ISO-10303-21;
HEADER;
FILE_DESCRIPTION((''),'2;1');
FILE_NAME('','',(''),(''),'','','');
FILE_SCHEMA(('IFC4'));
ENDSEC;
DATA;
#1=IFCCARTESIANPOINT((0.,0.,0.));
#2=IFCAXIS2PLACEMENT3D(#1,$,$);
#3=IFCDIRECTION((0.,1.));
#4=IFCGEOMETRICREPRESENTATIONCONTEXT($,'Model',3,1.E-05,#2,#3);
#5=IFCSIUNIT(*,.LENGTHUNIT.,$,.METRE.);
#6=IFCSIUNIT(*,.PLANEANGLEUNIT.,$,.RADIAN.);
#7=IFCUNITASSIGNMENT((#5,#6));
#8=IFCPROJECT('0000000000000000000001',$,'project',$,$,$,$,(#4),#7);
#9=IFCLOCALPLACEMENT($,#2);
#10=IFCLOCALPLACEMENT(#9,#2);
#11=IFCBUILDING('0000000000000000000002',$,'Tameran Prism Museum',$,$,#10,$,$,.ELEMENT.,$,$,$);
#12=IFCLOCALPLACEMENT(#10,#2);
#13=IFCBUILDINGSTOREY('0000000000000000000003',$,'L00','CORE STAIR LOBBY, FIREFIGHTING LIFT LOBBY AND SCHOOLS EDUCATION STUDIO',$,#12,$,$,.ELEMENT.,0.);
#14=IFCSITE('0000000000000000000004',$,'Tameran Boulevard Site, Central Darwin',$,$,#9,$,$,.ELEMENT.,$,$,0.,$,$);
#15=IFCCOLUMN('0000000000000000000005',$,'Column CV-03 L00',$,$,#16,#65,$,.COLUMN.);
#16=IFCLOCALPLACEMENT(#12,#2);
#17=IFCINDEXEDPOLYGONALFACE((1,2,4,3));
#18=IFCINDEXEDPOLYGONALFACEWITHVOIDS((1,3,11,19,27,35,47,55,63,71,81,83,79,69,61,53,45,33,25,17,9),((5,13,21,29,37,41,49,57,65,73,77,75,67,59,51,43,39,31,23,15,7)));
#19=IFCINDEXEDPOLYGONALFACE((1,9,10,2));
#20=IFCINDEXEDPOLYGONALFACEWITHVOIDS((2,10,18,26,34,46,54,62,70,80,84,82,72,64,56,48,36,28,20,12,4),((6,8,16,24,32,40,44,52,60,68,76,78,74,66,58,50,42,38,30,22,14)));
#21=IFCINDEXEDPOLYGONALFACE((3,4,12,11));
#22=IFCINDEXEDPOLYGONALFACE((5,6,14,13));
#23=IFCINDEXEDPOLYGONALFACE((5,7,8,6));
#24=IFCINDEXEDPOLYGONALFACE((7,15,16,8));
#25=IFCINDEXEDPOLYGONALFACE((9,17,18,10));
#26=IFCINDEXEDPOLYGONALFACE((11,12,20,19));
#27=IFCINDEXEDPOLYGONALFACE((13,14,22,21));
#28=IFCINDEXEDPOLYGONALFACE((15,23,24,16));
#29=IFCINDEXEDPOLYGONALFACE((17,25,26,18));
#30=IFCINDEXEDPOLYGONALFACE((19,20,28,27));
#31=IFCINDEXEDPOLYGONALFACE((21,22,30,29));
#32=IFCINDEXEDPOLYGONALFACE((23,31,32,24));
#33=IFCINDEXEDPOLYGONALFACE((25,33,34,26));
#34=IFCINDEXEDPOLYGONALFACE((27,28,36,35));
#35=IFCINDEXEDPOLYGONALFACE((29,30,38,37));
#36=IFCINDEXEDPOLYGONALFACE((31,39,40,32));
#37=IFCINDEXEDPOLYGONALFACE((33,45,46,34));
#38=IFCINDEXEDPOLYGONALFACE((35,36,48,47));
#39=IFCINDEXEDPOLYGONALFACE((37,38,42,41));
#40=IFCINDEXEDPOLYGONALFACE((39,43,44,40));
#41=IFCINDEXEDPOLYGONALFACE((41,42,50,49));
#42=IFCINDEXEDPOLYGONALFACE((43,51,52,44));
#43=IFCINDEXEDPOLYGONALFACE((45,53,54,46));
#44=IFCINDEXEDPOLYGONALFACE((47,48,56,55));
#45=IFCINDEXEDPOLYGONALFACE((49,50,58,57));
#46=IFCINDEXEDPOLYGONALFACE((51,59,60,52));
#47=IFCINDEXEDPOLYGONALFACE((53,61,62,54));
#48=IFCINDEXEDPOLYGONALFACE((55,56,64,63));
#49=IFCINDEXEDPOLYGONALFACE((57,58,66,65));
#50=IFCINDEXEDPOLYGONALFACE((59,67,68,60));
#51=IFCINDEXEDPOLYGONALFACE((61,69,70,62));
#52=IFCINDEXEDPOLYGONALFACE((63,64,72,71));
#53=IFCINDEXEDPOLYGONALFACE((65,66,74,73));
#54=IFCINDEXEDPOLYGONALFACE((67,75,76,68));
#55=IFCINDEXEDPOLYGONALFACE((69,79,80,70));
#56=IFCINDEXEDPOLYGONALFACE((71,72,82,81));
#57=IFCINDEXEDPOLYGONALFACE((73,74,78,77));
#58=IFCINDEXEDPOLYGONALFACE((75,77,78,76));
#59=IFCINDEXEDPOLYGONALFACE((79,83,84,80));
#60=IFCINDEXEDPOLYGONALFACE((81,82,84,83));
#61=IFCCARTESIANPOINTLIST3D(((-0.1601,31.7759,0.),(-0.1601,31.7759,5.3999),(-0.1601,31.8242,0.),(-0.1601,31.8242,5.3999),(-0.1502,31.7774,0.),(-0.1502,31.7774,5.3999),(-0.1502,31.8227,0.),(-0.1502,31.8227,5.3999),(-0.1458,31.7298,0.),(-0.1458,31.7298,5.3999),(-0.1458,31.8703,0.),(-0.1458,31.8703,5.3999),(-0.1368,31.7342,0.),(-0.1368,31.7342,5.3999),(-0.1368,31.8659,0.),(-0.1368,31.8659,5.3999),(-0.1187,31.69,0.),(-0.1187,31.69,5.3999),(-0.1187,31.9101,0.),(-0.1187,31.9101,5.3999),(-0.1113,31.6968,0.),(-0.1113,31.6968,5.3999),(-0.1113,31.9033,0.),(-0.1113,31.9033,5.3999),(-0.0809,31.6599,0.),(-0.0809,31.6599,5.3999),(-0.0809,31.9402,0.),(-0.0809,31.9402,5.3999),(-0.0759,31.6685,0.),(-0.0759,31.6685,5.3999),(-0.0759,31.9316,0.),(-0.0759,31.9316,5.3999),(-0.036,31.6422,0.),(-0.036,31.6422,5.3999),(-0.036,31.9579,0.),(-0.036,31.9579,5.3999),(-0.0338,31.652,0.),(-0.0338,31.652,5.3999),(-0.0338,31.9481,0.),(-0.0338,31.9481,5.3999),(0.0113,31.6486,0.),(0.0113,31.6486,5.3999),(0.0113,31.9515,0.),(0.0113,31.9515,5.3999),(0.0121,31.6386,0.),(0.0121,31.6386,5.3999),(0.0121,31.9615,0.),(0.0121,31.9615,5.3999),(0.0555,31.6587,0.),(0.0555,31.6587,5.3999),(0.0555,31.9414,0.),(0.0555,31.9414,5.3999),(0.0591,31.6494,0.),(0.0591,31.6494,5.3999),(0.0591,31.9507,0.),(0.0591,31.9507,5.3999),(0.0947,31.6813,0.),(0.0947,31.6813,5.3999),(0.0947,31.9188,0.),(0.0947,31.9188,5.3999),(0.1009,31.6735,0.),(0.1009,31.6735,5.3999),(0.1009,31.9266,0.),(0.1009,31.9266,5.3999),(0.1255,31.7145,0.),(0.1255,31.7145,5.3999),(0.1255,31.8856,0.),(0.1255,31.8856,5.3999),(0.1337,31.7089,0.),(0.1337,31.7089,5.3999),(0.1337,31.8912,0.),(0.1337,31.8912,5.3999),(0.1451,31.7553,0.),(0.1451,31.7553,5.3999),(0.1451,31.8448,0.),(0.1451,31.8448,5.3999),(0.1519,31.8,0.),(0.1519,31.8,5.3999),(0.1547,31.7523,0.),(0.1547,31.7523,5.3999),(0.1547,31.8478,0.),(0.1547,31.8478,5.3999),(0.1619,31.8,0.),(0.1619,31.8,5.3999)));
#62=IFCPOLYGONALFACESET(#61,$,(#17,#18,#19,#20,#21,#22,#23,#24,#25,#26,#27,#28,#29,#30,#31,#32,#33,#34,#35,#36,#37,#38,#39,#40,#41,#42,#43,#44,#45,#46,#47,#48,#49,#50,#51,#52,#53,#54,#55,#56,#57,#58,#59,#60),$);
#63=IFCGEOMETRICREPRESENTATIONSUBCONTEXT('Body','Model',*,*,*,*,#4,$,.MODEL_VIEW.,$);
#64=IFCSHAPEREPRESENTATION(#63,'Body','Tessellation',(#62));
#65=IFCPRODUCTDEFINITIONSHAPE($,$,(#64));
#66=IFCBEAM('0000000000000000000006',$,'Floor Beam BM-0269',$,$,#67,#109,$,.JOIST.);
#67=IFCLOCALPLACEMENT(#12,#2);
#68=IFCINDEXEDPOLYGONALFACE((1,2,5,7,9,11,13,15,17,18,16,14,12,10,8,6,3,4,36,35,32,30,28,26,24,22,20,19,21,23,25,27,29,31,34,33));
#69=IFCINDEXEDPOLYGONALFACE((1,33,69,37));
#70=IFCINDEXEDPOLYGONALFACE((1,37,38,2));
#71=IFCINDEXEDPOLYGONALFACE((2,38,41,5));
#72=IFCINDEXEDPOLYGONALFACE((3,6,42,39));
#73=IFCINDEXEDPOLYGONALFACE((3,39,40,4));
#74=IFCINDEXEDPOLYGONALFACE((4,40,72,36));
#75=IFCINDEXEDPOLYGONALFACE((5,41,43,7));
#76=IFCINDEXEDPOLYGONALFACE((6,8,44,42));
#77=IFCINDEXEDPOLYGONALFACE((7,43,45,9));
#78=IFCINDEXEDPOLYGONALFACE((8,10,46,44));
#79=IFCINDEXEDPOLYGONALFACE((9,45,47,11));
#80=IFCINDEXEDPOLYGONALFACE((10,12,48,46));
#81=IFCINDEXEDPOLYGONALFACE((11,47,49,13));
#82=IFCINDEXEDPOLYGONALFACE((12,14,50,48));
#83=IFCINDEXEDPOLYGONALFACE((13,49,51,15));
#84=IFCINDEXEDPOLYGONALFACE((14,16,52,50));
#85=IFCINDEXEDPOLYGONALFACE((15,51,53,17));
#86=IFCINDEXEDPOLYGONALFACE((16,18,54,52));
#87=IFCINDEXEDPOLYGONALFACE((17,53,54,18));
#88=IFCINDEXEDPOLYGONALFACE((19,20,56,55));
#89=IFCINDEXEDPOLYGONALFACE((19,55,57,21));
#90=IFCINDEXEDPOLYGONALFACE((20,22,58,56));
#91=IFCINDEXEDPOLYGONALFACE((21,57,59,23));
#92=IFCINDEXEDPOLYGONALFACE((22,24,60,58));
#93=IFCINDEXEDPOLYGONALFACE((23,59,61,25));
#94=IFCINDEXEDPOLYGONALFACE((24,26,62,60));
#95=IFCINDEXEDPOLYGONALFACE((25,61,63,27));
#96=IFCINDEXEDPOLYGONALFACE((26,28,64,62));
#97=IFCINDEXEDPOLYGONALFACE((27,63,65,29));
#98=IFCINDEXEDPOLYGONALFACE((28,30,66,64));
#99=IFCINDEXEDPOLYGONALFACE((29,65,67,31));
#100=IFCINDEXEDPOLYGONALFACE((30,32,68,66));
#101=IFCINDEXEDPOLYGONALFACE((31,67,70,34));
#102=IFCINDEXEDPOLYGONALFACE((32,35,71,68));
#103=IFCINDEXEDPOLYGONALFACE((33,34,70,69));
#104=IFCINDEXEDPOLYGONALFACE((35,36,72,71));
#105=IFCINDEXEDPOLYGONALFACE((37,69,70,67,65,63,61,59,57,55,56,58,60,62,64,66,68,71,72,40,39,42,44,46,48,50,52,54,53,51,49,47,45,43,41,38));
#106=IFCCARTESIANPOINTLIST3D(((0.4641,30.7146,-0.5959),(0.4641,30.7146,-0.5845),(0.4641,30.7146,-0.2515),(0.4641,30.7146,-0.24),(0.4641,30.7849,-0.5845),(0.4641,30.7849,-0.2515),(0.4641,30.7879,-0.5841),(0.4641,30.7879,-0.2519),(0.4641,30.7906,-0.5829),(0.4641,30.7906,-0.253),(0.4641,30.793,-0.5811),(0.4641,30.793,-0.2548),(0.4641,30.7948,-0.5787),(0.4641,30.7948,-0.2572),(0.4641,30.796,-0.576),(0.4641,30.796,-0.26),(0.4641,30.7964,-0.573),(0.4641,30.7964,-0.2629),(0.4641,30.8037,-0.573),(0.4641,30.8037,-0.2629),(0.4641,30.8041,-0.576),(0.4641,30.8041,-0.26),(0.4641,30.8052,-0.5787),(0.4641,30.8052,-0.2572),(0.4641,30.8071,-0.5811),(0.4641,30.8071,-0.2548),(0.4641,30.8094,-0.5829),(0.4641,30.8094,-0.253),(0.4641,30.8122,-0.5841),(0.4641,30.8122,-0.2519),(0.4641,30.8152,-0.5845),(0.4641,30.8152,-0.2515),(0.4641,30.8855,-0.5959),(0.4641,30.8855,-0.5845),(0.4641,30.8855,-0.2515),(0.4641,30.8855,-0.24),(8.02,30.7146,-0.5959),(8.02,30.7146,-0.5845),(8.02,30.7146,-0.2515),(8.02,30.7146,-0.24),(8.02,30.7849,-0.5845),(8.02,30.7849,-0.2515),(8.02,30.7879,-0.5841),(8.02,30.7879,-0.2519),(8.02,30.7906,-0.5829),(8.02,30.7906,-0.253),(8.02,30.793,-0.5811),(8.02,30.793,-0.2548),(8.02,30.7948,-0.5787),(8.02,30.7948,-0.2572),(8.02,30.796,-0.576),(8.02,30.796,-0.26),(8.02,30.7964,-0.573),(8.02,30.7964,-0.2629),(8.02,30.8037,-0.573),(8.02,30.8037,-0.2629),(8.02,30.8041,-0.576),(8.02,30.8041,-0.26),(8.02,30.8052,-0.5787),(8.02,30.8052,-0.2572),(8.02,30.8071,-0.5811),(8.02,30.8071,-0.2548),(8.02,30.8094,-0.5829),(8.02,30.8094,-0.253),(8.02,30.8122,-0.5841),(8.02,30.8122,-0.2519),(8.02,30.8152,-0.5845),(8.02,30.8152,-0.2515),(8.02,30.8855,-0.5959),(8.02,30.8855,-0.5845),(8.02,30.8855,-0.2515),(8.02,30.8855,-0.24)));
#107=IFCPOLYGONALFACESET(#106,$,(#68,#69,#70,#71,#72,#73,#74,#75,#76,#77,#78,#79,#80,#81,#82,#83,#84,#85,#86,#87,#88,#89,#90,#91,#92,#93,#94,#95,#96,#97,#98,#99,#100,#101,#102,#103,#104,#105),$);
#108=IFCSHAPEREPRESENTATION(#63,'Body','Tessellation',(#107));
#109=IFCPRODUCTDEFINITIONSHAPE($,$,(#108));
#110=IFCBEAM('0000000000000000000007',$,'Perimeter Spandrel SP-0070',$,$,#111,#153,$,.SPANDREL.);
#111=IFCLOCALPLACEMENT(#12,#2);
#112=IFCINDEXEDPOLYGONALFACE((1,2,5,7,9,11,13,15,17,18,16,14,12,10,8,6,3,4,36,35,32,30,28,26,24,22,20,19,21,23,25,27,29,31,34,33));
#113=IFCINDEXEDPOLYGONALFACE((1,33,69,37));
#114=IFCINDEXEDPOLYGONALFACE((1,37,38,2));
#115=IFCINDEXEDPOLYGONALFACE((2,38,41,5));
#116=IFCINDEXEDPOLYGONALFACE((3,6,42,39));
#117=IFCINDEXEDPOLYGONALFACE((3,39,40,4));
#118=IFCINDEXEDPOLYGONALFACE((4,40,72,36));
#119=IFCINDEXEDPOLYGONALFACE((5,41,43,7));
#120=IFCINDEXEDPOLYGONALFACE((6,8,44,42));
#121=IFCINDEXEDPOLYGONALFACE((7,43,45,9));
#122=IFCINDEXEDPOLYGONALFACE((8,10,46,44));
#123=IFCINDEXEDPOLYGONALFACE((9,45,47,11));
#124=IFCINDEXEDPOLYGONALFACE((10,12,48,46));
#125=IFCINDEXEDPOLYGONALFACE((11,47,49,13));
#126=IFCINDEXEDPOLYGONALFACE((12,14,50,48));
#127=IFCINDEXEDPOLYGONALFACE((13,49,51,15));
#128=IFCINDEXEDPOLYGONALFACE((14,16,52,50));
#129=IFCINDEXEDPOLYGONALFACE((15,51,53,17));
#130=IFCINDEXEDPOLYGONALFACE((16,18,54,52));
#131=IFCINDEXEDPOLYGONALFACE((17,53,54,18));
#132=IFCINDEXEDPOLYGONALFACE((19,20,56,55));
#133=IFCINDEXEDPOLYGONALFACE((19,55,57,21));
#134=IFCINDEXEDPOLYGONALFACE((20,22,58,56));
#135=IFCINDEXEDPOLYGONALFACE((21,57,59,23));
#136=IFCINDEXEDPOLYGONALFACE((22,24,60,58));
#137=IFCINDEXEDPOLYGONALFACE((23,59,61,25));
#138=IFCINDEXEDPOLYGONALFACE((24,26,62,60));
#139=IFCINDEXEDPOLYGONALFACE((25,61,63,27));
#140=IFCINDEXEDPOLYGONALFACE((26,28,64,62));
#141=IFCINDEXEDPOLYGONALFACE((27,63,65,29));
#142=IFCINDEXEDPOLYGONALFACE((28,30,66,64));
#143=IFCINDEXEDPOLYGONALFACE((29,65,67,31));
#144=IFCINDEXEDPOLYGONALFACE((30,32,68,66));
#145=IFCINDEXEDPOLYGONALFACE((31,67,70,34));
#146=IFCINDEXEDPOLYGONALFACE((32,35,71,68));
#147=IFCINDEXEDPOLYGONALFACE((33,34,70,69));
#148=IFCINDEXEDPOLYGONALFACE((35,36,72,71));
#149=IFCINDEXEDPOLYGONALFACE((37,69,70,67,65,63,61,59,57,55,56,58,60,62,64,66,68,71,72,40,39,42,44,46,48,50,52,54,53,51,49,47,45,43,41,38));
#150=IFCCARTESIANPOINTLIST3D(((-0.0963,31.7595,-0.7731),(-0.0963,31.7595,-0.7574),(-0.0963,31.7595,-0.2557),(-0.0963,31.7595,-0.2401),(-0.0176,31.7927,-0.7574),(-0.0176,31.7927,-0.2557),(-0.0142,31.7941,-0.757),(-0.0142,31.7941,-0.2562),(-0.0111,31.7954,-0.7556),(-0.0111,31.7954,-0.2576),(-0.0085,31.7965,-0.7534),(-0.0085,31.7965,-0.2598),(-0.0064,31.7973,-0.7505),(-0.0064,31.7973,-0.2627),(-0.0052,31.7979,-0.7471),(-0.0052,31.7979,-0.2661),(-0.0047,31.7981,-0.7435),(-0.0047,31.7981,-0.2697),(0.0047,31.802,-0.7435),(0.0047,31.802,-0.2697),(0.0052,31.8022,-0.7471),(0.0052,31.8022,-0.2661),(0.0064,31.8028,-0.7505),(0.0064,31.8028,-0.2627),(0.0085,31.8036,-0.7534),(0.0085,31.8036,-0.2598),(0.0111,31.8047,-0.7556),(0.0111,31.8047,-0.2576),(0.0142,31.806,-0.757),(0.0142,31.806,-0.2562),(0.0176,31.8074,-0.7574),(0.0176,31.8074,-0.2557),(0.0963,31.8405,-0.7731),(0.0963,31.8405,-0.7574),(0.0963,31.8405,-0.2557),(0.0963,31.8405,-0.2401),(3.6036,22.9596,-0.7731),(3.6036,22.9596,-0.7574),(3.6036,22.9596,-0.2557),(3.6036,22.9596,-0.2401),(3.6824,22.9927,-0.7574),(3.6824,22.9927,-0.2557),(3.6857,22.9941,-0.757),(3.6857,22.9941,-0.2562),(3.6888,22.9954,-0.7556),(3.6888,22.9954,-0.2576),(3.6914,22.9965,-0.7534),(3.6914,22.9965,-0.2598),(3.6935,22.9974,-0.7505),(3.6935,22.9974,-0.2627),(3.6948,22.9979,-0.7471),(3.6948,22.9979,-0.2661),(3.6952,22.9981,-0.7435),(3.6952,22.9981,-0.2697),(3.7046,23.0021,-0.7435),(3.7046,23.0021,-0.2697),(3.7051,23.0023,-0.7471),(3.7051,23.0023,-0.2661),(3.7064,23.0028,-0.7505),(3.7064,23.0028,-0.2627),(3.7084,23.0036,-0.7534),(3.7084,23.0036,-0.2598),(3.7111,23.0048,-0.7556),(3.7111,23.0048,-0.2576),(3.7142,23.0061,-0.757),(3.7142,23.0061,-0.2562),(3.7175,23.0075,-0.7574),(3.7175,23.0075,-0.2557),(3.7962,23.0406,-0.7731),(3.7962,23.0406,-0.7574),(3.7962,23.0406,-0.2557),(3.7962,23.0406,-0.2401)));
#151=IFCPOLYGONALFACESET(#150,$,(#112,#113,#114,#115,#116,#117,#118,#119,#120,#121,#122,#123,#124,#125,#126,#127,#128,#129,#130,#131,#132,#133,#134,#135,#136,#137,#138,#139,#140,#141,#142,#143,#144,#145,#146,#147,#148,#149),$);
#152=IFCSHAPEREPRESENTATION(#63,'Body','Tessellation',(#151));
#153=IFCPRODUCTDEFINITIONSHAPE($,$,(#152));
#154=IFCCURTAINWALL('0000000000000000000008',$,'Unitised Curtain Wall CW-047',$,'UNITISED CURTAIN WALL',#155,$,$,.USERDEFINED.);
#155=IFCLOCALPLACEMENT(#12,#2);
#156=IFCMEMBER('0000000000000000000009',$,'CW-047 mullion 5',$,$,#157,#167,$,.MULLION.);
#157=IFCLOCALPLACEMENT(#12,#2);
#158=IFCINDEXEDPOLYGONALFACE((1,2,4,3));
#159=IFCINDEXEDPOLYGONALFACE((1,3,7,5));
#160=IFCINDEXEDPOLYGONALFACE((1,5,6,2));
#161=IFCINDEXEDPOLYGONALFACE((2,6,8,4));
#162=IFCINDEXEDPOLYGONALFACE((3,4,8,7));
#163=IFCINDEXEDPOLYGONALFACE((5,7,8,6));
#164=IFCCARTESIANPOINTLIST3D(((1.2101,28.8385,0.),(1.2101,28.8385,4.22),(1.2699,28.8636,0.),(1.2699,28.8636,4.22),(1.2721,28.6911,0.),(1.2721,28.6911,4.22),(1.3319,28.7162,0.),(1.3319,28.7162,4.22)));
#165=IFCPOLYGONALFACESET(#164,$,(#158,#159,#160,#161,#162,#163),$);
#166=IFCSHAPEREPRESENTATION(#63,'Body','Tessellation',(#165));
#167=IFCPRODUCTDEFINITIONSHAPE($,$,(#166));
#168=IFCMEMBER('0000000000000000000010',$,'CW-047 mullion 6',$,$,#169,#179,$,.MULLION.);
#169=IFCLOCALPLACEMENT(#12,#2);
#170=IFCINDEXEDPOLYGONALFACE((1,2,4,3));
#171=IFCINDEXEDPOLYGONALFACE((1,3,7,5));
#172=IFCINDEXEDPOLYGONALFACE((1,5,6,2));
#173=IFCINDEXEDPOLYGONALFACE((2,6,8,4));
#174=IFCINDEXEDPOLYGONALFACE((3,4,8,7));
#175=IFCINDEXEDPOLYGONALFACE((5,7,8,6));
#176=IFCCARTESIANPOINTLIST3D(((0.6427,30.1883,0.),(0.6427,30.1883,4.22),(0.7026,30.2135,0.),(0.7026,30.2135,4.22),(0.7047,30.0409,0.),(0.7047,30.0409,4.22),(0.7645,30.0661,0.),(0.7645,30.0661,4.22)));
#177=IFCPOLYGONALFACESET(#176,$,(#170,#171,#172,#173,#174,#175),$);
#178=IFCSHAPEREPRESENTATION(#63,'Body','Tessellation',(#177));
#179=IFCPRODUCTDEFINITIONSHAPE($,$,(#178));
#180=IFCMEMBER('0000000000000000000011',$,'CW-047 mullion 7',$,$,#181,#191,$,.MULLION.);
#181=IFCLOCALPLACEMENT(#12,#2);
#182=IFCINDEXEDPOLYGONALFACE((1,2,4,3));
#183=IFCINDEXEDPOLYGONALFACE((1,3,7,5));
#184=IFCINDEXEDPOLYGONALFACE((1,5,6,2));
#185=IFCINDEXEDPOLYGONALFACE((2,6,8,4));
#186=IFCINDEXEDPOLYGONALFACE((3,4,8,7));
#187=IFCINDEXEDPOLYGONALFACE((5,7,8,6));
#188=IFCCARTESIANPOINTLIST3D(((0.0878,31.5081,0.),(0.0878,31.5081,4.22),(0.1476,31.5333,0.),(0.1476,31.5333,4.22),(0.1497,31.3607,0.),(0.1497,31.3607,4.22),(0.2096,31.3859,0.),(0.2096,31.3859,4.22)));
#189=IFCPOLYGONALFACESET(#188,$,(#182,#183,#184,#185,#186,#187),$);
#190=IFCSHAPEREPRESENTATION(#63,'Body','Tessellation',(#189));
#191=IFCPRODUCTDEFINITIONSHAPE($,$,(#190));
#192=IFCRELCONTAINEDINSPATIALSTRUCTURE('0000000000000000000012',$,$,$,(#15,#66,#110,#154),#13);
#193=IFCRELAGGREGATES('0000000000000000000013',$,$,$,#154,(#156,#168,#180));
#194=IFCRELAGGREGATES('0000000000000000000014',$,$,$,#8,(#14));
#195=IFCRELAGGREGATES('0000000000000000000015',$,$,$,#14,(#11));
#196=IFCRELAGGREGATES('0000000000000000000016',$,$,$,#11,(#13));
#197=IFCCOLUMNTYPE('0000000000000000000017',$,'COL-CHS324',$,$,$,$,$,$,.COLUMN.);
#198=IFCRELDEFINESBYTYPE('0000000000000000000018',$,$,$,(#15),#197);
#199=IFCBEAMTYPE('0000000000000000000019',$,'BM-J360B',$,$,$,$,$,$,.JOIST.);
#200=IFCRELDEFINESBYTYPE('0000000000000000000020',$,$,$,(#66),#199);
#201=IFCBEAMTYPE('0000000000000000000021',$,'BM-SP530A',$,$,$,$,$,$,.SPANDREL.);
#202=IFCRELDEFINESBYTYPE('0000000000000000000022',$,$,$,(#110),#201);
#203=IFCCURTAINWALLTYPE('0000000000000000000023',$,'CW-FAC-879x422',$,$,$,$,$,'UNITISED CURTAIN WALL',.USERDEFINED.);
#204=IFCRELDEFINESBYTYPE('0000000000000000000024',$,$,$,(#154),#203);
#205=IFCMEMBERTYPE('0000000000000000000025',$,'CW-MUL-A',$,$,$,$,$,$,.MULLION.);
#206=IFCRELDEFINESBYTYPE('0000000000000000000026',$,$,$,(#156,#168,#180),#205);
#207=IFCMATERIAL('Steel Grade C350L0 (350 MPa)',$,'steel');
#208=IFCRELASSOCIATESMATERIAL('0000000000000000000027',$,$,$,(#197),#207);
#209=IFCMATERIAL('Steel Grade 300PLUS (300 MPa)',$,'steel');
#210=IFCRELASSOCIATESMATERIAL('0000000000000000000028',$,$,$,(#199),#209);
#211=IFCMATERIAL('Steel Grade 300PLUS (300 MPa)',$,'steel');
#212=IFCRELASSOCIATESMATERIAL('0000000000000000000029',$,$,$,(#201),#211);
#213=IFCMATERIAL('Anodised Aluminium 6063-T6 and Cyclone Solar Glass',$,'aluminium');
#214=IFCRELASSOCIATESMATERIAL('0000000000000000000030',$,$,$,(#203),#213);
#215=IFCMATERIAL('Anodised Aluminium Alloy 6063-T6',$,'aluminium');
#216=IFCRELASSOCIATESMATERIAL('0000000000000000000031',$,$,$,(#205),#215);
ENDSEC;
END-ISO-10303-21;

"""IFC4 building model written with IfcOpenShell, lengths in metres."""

from ifc_helpers import new_model, si_unit, direction, frame, origin, origin_2d, place, context, subcontext, project, spatial, rectangle, hollow_circle, i_section, extrude, material, material_profile, profile_set, type_object, element, aggregate, save


model = new_model("IFC4")

# Units and contexts
model_context = context("Model", 3, precision=1e-05, world=origin(), true_north=direction((0.0, 1.0)))
body_context = subcontext(model_context, "Body", "Model", "MODEL_VIEW")
ifc_project = project(units=[si_unit("LENGTHUNIT", "METRE"), si_unit("PLANEANGLEUNIT", "RADIAN")], contexts=[model_context])

# Site, building, storey
site_placement = place(None, origin())
site = spatial("IfcSite", under=ifc_project, at=site_placement, Name="Tameran Boulevard Site, Central Darwin", CompositionType="ELEMENT", RefElevation=0.0)
building_placement = place(site_placement, origin())
building = spatial("IfcBuilding", under=site, at=building_placement, Name="Tameran Prism Museum", CompositionType="ELEMENT")
storey_placement = place(building_placement, origin())
storey = spatial("IfcBuildingStorey", under=building, at=storey_placement, Name="L00", Description="CORE STAIR LOBBY, FIREFIGHTING LIFT LOBBY AND SCHOOLS EDUCATION STUDIO", CompositionType="ELEMENT", Elevation=0.0)

# Column
ifc_material_1 = material(Name="Steel Grade C350L0 (350 MPa)", Category="steel")
ifc_material_profile_1 = material_profile(ifc_material_1, hollow_circle(Radius=0.1619, WallThickness=0.01, at=origin_2d()))
ifc_profile_set_1 = profile_set([ifc_material_profile_1])
column_type = type_object("IfcColumnType", Name="COL-CHS324", PredefinedType="COLUMN", material=ifc_profile_set_1)
column_placement = place(storey_placement, frame((0.0, 31.8, 0.0), z_axis=(0.0, 0.0, 1.0), x_axis=(1.0, 0.0, 0.0)))
element("IfcColumn", 1, at=column_placement, inside=storey, type_object=column_type, Name="Column CV-03 L00", PredefinedType="COLUMN", context=body_context, shape_type="SweptSolid", body=[
    extrude(hollow_circle(Radius=0.1619, WallThickness=0.01, at=origin_2d()), origin(), (0.0, 0.0, 1.0), 5.3999),
])

# Beams
ifc_material_2 = material(Name="Steel Grade 300PLUS (300 MPa)", Category="steel")
ifc_material_profile_2 = material_profile(ifc_material_2, i_section(OverallWidth=0.1709, OverallDepth=0.356, WebThickness=0.0073, FlangeThickness=0.0115, FilletRadius=0.0115, at=origin_2d()))
ifc_profile_set_2 = profile_set([ifc_material_profile_2])
beam_type_1 = type_object("IfcBeamType", Name="BM-J360B", PredefinedType="JOIST", material=ifc_profile_set_2)
beam_1_placement = place(storey_placement, frame((0.4641, 30.8, -0.418), z_axis=(1.0, 0.0, 0.0), x_axis=(0.0, 1.0, 0.0)))
element("IfcBeam", 2, at=beam_1_placement, inside=storey, type_object=beam_type_1, Name="Floor Beam BM-0269", PredefinedType="JOIST", context=body_context, shape_type="SweptSolid", body=[
    extrude(i_section(OverallWidth=0.1709, OverallDepth=0.356, WebThickness=0.0073, FlangeThickness=0.0115, FilletRadius=0.0115, at=origin_2d()), origin(), (0.0, 0.0, 1.0), 7.5559),
])
ifc_material_3 = material(Name="Steel Grade 300PLUS (300 MPa)", Category="steel")
ifc_material_profile_3 = material_profile(ifc_material_3, i_section(OverallWidth=0.209, OverallDepth=0.533, WebThickness=0.0103, FlangeThickness=0.0156, FilletRadius=0.0139, at=origin_2d()))
ifc_profile_set_3 = profile_set([ifc_material_profile_3])
beam_type_2 = type_object("IfcBeamType", Name="BM-SP530A", PredefinedType="SPANDREL", material=ifc_profile_set_3)
beam_2_placement = place(storey_placement, frame((0.0, 31.8, -0.5066), z_axis=(0.387582, -0.921835, 0.0), x_axis=(0.921835, 0.387582, 0.0)))
element("IfcBeam", 3, at=beam_2_placement, inside=storey, type_object=beam_type_2, Name="Perimeter Spandrel SP-0070", PredefinedType="SPANDREL", context=body_context, shape_type="SweptSolid", body=[
    extrude(i_section(OverallWidth=0.209, OverallDepth=0.533, WebThickness=0.0103, FlangeThickness=0.0156, FilletRadius=0.0139, at=origin_2d()), origin(), (0.0, 0.0, 1.0), 9.5461),
])

# Curtain wall, members
ifc_material_4 = material(Name="Anodised Aluminium 6063-T6 and Cyclone Solar Glass", Category="aluminium")
curtain_wall_type = type_object("IfcCurtainWallType", Name="CW-FAC-879x422", ElementType="UNITISED CURTAIN WALL", PredefinedType="USERDEFINED", material=ifc_material_4)
curtain_wall_placement = place(storey_placement, origin())
curtain_wall = element("IfcCurtainWall", 4, at=curtain_wall_placement, inside=storey, type_object=curtain_wall_type, Name="Unitised Curtain Wall CW-047", ObjectType="UNITISED CURTAIN WALL", PredefinedType="USERDEFINED")
ifc_material_5 = material(Name="Anodised Aluminium Alloy 6063-T6", Category="aluminium")
ifc_material_profile_4 = material_profile(ifc_material_5, rectangle(XDim=0.0649, YDim=0.1599, at=origin_2d()))
ifc_profile_set_4 = profile_set([ifc_material_profile_4])
member_type_1 = type_object("IfcMemberType", Name="CW-MUL-A", PredefinedType="MULLION", material=ifc_profile_set_4)
member_1_placement = place(storey_placement, frame((1.271, 28.7773, 0.0), z_axis=(0.0, 0.0, 1.0), x_axis=(-0.921843, -0.387563, 0.0)))
member_1 = element("IfcMember", 5, at=member_1_placement, type_object=member_type_1, Name="CW-047 mullion 5", PredefinedType="MULLION", context=body_context, shape_type="SweptSolid", body=[
    extrude(rectangle(XDim=0.0649, YDim=0.1599, at=origin_2d()), origin(), (0.0, 0.0, 1.0), 4.22),
])
member_2_placement = place(storey_placement, frame((0.7036, 30.1272, 0.0), z_axis=(0.0, 0.0, 1.0), x_axis=(-0.921843, -0.387563, 0.0)))
member_2 = element("IfcMember", 6, at=member_2_placement, type_object=member_type_1, Name="CW-047 mullion 6", PredefinedType="MULLION", context=body_context, shape_type="SweptSolid", body=[
    extrude(rectangle(XDim=0.0649, YDim=0.1599, at=origin_2d()), origin(), (0.0, 0.0, 1.0), 4.22),
])
member_3_placement = place(storey_placement, frame((0.1487, 31.447, 0.0), z_axis=(0.0, 0.0, 1.0), x_axis=(-0.921843, -0.387563, 0.0)))
member_3 = element("IfcMember", 7, at=member_3_placement, type_object=member_type_1, Name="CW-047 mullion 7", PredefinedType="MULLION", context=body_context, shape_type="SweptSolid", body=[
    extrude(rectangle(XDim=0.0649, YDim=0.1599, at=origin_2d()), origin(), (0.0, 0.0, 1.0), 4.22),
])
aggregate(curtain_wall, [member_1, member_2, member_3])

save(model, "model.ifc")
